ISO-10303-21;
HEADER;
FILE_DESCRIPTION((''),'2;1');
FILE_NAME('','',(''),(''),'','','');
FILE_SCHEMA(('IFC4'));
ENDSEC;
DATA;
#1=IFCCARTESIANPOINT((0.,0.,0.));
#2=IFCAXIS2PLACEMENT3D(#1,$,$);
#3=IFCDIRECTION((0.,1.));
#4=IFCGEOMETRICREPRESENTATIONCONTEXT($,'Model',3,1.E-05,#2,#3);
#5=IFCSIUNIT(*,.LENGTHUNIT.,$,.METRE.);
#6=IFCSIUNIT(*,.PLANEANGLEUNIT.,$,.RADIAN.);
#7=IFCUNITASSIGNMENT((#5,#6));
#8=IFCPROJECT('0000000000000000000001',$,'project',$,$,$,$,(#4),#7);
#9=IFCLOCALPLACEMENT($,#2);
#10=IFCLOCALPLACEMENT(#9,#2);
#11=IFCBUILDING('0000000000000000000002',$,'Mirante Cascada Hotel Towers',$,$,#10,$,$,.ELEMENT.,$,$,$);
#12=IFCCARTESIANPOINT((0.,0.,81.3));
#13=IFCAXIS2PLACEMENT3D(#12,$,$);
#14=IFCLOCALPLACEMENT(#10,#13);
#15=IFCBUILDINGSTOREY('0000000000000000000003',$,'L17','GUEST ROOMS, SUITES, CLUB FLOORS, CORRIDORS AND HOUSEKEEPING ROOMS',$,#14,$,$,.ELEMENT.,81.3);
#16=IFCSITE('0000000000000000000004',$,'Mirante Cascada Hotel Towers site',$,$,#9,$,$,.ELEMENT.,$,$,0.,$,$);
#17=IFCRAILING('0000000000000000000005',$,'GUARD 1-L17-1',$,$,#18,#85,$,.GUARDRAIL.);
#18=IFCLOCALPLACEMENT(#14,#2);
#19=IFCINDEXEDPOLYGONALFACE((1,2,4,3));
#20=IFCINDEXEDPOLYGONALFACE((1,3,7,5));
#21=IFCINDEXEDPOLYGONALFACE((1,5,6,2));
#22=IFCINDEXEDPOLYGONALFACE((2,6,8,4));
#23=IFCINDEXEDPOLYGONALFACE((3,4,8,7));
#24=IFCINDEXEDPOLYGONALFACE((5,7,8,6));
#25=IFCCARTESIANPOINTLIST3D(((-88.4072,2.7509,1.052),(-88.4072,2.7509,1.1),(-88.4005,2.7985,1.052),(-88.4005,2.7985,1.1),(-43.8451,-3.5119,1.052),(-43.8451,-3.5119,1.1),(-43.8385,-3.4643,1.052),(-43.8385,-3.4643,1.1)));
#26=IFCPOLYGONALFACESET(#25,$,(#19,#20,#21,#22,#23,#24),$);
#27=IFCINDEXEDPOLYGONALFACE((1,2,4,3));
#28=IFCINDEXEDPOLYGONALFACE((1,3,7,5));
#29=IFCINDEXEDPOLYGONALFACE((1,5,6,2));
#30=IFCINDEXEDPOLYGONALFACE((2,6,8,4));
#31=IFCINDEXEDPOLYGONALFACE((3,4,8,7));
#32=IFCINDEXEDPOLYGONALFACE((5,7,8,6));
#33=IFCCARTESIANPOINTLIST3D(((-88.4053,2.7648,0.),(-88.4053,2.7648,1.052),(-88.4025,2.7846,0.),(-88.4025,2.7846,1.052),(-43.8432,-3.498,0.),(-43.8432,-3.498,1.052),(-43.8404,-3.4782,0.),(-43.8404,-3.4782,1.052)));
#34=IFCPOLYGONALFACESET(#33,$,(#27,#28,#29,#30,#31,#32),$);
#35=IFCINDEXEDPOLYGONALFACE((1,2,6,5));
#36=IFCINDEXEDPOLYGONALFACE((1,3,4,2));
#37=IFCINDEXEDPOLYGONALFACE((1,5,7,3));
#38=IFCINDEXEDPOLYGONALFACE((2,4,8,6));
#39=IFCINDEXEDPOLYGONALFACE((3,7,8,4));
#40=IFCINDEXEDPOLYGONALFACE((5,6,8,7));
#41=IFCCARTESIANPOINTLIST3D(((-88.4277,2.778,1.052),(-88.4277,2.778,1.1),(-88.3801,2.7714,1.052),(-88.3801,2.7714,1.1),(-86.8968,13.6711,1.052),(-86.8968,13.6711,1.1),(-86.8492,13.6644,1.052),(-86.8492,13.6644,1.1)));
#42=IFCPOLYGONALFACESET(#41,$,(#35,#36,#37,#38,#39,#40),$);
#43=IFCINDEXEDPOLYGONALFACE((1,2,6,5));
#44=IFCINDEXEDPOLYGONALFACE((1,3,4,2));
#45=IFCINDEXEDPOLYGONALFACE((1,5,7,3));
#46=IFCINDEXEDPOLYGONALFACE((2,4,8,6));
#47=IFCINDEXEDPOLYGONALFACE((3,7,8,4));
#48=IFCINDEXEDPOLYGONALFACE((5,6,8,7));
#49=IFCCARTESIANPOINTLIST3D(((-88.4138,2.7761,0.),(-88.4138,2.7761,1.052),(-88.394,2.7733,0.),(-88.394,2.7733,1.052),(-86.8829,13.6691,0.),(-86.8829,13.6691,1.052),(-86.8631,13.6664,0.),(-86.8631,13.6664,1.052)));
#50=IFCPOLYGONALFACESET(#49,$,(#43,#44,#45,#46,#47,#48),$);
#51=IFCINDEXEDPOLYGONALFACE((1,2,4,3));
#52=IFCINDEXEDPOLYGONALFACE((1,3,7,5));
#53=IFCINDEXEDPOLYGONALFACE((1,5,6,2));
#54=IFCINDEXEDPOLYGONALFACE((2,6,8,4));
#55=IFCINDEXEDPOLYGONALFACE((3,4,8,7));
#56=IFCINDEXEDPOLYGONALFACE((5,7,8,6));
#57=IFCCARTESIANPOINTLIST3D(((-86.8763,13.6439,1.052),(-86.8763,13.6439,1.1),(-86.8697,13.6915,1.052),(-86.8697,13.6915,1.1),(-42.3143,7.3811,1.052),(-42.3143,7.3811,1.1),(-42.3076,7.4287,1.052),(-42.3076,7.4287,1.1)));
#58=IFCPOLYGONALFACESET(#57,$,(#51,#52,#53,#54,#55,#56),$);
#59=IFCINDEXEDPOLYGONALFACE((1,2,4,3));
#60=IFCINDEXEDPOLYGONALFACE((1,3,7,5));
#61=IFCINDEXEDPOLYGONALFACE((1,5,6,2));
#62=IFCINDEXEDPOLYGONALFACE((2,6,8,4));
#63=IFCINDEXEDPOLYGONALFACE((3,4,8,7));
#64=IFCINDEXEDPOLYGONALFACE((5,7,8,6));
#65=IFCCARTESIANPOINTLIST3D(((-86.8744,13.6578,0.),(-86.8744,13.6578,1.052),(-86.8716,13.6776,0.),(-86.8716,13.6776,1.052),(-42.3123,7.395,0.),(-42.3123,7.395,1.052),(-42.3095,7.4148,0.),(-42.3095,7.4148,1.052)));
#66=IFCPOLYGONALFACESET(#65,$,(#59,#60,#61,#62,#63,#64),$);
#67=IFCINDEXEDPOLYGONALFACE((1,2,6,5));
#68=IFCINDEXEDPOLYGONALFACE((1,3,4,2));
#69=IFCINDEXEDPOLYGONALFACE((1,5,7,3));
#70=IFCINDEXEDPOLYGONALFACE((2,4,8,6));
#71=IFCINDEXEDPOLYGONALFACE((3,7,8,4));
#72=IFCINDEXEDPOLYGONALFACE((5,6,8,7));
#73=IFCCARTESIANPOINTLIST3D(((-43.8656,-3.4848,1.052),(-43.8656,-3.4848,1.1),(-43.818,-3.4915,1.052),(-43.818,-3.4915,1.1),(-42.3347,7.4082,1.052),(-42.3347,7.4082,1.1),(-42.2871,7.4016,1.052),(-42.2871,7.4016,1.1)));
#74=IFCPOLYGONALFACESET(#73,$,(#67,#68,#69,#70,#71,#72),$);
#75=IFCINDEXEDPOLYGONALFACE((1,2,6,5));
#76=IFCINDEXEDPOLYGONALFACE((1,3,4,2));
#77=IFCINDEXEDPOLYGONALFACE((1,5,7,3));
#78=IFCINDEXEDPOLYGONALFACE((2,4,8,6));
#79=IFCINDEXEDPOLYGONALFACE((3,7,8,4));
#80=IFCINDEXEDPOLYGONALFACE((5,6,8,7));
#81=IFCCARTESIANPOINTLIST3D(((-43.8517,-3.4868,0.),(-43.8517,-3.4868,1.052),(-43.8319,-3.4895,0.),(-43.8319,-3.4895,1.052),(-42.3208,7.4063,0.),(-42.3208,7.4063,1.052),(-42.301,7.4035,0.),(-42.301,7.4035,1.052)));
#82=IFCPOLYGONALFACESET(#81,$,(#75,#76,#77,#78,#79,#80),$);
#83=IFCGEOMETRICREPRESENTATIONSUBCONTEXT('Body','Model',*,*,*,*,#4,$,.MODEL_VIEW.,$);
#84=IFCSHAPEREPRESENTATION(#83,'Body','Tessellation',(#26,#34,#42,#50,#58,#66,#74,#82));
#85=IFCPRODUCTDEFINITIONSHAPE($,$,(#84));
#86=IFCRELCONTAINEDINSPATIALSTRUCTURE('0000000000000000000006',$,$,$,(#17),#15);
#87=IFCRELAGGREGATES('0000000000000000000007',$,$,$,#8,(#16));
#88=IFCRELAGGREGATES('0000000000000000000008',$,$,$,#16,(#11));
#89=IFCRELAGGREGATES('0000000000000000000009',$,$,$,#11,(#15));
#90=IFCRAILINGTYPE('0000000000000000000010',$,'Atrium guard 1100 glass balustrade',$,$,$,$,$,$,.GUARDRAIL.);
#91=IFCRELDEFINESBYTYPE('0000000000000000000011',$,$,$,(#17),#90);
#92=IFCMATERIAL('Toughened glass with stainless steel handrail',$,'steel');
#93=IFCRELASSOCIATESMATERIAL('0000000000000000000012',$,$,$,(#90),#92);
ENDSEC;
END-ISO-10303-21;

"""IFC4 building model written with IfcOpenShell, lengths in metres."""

from ifc_helpers import new_model, si_unit, direction, frame, origin, origin_2d, place, context, subcontext, project, spatial, rectangle, extrude, material, type_object, element, save


model = new_model("IFC4")

# Units and contexts
model_context = context("Model", 3, precision=1e-05, world=origin(), true_north=direction((0.0, 1.0)))
body_context = subcontext(model_context, "Body", "Model", "MODEL_VIEW")
ifc_project = project(units=[si_unit("LENGTHUNIT", "METRE"), si_unit("PLANEANGLEUNIT", "RADIAN")], contexts=[model_context])

# Site, building, storey
site_placement = place(None, origin())
site = spatial("IfcSite", under=ifc_project, at=site_placement, Name="Mirante Cascada Hotel Towers site", CompositionType="ELEMENT", RefElevation=0.0)
building_placement = place(site_placement, origin())
building = spatial("IfcBuilding", under=site, at=building_placement, Name="Mirante Cascada Hotel Towers", CompositionType="ELEMENT")
storey_placement = place(building_placement, frame((0.0, 0.0, 81.3)))
storey = spatial("IfcBuildingStorey", under=building, at=storey_placement, Name="L17", Description="GUEST ROOMS, SUITES, CLUB FLOORS, CORRIDORS AND HOUSEKEEPING ROOMS", CompositionType="ELEMENT", Elevation=81.3)

# Railing
ifc_material_1 = material(Name="Toughened glass with stainless steel handrail", Category="steel")
railing_type = type_object("IfcRailingType", Name="Atrium guard 1100 glass balustrade", PredefinedType="GUARDRAIL", material=ifc_material_1)
railing_placement = place(storey_placement, frame((-43.8418, -3.4881, 0.0)))
element("IfcRailing", 1, at=railing_placement, inside=storey, type_object=railing_type, Name="GUARD 1-L17-1", PredefinedType="GUARDRAIL", context=body_context, shape_type="SweptSolid", body=[
    extrude(rectangle(XDim=0.048, YDim=0.048, at=origin_2d()), frame((0.0, 0.0, 1.076), z_axis=(-0.990268, 0.139173, 0.0), x_axis=(-0.139173, -0.990268, 0.0)), (0.0, 0.0, 1.0), 45.0),
    extrude(rectangle(XDim=0.02, YDim=1.052, at=origin_2d()), frame((0.0, 0.0, 0.526), z_axis=(-0.990268, 0.139173, 0.0), x_axis=(-0.139173, -0.990268, 0.0)), (0.0, 0.0, 1.0), 45.0),
    extrude(rectangle(XDim=0.048, YDim=0.048, at=origin_2d()), frame((-44.5621, 6.2628, 1.076), z_axis=(0.139172, 0.990268, 0.0), x_axis=(-0.990268, 0.139172, 0.0)), (0.0, 0.0, 1.0), 11.0001),
    extrude(rectangle(XDim=0.02, YDim=1.052, at=origin_2d()), frame((-44.5621, 6.2628, 0.526), z_axis=(0.139172, 0.990268, 0.0), x_axis=(-0.990268, 0.139172, 0.0)), (0.0, 0.0, 1.0), 11.0001),
    extrude(rectangle(XDim=0.048, YDim=0.048, at=origin_2d()), frame((-43.0312, 17.1558, 1.076), z_axis=(0.990268, -0.139173, 0.0), x_axis=(0.139173, 0.990268, 0.0)), (0.0, 0.0, 1.0), 45.0),
    extrude(rectangle(XDim=0.02, YDim=1.052, at=origin_2d()), frame((-43.0312, 17.1558, 0.526), z_axis=(0.990268, -0.139173, 0.0), x_axis=(0.139173, 0.990268, 0.0)), (0.0, 0.0, 1.0), 45.0),
    extrude(rectangle(XDim=0.048, YDim=0.048, at=origin_2d()), frame((1.5309, 10.893, 1.076), z_axis=(-0.139172, -0.990268, 0.0), x_axis=(0.990268, -0.139172, 0.0)), (0.0, 0.0, 1.0), 11.0001),
    extrude(rectangle(XDim=0.02, YDim=1.052, at=origin_2d()), frame((1.5309, 10.893, 0.526), z_axis=(-0.139172, -0.990268, 0.0), x_axis=(0.990268, -0.139172, 0.0)), (0.0, 0.0, 1.0), 11.0001),
])

save(model, "model.ifc")
